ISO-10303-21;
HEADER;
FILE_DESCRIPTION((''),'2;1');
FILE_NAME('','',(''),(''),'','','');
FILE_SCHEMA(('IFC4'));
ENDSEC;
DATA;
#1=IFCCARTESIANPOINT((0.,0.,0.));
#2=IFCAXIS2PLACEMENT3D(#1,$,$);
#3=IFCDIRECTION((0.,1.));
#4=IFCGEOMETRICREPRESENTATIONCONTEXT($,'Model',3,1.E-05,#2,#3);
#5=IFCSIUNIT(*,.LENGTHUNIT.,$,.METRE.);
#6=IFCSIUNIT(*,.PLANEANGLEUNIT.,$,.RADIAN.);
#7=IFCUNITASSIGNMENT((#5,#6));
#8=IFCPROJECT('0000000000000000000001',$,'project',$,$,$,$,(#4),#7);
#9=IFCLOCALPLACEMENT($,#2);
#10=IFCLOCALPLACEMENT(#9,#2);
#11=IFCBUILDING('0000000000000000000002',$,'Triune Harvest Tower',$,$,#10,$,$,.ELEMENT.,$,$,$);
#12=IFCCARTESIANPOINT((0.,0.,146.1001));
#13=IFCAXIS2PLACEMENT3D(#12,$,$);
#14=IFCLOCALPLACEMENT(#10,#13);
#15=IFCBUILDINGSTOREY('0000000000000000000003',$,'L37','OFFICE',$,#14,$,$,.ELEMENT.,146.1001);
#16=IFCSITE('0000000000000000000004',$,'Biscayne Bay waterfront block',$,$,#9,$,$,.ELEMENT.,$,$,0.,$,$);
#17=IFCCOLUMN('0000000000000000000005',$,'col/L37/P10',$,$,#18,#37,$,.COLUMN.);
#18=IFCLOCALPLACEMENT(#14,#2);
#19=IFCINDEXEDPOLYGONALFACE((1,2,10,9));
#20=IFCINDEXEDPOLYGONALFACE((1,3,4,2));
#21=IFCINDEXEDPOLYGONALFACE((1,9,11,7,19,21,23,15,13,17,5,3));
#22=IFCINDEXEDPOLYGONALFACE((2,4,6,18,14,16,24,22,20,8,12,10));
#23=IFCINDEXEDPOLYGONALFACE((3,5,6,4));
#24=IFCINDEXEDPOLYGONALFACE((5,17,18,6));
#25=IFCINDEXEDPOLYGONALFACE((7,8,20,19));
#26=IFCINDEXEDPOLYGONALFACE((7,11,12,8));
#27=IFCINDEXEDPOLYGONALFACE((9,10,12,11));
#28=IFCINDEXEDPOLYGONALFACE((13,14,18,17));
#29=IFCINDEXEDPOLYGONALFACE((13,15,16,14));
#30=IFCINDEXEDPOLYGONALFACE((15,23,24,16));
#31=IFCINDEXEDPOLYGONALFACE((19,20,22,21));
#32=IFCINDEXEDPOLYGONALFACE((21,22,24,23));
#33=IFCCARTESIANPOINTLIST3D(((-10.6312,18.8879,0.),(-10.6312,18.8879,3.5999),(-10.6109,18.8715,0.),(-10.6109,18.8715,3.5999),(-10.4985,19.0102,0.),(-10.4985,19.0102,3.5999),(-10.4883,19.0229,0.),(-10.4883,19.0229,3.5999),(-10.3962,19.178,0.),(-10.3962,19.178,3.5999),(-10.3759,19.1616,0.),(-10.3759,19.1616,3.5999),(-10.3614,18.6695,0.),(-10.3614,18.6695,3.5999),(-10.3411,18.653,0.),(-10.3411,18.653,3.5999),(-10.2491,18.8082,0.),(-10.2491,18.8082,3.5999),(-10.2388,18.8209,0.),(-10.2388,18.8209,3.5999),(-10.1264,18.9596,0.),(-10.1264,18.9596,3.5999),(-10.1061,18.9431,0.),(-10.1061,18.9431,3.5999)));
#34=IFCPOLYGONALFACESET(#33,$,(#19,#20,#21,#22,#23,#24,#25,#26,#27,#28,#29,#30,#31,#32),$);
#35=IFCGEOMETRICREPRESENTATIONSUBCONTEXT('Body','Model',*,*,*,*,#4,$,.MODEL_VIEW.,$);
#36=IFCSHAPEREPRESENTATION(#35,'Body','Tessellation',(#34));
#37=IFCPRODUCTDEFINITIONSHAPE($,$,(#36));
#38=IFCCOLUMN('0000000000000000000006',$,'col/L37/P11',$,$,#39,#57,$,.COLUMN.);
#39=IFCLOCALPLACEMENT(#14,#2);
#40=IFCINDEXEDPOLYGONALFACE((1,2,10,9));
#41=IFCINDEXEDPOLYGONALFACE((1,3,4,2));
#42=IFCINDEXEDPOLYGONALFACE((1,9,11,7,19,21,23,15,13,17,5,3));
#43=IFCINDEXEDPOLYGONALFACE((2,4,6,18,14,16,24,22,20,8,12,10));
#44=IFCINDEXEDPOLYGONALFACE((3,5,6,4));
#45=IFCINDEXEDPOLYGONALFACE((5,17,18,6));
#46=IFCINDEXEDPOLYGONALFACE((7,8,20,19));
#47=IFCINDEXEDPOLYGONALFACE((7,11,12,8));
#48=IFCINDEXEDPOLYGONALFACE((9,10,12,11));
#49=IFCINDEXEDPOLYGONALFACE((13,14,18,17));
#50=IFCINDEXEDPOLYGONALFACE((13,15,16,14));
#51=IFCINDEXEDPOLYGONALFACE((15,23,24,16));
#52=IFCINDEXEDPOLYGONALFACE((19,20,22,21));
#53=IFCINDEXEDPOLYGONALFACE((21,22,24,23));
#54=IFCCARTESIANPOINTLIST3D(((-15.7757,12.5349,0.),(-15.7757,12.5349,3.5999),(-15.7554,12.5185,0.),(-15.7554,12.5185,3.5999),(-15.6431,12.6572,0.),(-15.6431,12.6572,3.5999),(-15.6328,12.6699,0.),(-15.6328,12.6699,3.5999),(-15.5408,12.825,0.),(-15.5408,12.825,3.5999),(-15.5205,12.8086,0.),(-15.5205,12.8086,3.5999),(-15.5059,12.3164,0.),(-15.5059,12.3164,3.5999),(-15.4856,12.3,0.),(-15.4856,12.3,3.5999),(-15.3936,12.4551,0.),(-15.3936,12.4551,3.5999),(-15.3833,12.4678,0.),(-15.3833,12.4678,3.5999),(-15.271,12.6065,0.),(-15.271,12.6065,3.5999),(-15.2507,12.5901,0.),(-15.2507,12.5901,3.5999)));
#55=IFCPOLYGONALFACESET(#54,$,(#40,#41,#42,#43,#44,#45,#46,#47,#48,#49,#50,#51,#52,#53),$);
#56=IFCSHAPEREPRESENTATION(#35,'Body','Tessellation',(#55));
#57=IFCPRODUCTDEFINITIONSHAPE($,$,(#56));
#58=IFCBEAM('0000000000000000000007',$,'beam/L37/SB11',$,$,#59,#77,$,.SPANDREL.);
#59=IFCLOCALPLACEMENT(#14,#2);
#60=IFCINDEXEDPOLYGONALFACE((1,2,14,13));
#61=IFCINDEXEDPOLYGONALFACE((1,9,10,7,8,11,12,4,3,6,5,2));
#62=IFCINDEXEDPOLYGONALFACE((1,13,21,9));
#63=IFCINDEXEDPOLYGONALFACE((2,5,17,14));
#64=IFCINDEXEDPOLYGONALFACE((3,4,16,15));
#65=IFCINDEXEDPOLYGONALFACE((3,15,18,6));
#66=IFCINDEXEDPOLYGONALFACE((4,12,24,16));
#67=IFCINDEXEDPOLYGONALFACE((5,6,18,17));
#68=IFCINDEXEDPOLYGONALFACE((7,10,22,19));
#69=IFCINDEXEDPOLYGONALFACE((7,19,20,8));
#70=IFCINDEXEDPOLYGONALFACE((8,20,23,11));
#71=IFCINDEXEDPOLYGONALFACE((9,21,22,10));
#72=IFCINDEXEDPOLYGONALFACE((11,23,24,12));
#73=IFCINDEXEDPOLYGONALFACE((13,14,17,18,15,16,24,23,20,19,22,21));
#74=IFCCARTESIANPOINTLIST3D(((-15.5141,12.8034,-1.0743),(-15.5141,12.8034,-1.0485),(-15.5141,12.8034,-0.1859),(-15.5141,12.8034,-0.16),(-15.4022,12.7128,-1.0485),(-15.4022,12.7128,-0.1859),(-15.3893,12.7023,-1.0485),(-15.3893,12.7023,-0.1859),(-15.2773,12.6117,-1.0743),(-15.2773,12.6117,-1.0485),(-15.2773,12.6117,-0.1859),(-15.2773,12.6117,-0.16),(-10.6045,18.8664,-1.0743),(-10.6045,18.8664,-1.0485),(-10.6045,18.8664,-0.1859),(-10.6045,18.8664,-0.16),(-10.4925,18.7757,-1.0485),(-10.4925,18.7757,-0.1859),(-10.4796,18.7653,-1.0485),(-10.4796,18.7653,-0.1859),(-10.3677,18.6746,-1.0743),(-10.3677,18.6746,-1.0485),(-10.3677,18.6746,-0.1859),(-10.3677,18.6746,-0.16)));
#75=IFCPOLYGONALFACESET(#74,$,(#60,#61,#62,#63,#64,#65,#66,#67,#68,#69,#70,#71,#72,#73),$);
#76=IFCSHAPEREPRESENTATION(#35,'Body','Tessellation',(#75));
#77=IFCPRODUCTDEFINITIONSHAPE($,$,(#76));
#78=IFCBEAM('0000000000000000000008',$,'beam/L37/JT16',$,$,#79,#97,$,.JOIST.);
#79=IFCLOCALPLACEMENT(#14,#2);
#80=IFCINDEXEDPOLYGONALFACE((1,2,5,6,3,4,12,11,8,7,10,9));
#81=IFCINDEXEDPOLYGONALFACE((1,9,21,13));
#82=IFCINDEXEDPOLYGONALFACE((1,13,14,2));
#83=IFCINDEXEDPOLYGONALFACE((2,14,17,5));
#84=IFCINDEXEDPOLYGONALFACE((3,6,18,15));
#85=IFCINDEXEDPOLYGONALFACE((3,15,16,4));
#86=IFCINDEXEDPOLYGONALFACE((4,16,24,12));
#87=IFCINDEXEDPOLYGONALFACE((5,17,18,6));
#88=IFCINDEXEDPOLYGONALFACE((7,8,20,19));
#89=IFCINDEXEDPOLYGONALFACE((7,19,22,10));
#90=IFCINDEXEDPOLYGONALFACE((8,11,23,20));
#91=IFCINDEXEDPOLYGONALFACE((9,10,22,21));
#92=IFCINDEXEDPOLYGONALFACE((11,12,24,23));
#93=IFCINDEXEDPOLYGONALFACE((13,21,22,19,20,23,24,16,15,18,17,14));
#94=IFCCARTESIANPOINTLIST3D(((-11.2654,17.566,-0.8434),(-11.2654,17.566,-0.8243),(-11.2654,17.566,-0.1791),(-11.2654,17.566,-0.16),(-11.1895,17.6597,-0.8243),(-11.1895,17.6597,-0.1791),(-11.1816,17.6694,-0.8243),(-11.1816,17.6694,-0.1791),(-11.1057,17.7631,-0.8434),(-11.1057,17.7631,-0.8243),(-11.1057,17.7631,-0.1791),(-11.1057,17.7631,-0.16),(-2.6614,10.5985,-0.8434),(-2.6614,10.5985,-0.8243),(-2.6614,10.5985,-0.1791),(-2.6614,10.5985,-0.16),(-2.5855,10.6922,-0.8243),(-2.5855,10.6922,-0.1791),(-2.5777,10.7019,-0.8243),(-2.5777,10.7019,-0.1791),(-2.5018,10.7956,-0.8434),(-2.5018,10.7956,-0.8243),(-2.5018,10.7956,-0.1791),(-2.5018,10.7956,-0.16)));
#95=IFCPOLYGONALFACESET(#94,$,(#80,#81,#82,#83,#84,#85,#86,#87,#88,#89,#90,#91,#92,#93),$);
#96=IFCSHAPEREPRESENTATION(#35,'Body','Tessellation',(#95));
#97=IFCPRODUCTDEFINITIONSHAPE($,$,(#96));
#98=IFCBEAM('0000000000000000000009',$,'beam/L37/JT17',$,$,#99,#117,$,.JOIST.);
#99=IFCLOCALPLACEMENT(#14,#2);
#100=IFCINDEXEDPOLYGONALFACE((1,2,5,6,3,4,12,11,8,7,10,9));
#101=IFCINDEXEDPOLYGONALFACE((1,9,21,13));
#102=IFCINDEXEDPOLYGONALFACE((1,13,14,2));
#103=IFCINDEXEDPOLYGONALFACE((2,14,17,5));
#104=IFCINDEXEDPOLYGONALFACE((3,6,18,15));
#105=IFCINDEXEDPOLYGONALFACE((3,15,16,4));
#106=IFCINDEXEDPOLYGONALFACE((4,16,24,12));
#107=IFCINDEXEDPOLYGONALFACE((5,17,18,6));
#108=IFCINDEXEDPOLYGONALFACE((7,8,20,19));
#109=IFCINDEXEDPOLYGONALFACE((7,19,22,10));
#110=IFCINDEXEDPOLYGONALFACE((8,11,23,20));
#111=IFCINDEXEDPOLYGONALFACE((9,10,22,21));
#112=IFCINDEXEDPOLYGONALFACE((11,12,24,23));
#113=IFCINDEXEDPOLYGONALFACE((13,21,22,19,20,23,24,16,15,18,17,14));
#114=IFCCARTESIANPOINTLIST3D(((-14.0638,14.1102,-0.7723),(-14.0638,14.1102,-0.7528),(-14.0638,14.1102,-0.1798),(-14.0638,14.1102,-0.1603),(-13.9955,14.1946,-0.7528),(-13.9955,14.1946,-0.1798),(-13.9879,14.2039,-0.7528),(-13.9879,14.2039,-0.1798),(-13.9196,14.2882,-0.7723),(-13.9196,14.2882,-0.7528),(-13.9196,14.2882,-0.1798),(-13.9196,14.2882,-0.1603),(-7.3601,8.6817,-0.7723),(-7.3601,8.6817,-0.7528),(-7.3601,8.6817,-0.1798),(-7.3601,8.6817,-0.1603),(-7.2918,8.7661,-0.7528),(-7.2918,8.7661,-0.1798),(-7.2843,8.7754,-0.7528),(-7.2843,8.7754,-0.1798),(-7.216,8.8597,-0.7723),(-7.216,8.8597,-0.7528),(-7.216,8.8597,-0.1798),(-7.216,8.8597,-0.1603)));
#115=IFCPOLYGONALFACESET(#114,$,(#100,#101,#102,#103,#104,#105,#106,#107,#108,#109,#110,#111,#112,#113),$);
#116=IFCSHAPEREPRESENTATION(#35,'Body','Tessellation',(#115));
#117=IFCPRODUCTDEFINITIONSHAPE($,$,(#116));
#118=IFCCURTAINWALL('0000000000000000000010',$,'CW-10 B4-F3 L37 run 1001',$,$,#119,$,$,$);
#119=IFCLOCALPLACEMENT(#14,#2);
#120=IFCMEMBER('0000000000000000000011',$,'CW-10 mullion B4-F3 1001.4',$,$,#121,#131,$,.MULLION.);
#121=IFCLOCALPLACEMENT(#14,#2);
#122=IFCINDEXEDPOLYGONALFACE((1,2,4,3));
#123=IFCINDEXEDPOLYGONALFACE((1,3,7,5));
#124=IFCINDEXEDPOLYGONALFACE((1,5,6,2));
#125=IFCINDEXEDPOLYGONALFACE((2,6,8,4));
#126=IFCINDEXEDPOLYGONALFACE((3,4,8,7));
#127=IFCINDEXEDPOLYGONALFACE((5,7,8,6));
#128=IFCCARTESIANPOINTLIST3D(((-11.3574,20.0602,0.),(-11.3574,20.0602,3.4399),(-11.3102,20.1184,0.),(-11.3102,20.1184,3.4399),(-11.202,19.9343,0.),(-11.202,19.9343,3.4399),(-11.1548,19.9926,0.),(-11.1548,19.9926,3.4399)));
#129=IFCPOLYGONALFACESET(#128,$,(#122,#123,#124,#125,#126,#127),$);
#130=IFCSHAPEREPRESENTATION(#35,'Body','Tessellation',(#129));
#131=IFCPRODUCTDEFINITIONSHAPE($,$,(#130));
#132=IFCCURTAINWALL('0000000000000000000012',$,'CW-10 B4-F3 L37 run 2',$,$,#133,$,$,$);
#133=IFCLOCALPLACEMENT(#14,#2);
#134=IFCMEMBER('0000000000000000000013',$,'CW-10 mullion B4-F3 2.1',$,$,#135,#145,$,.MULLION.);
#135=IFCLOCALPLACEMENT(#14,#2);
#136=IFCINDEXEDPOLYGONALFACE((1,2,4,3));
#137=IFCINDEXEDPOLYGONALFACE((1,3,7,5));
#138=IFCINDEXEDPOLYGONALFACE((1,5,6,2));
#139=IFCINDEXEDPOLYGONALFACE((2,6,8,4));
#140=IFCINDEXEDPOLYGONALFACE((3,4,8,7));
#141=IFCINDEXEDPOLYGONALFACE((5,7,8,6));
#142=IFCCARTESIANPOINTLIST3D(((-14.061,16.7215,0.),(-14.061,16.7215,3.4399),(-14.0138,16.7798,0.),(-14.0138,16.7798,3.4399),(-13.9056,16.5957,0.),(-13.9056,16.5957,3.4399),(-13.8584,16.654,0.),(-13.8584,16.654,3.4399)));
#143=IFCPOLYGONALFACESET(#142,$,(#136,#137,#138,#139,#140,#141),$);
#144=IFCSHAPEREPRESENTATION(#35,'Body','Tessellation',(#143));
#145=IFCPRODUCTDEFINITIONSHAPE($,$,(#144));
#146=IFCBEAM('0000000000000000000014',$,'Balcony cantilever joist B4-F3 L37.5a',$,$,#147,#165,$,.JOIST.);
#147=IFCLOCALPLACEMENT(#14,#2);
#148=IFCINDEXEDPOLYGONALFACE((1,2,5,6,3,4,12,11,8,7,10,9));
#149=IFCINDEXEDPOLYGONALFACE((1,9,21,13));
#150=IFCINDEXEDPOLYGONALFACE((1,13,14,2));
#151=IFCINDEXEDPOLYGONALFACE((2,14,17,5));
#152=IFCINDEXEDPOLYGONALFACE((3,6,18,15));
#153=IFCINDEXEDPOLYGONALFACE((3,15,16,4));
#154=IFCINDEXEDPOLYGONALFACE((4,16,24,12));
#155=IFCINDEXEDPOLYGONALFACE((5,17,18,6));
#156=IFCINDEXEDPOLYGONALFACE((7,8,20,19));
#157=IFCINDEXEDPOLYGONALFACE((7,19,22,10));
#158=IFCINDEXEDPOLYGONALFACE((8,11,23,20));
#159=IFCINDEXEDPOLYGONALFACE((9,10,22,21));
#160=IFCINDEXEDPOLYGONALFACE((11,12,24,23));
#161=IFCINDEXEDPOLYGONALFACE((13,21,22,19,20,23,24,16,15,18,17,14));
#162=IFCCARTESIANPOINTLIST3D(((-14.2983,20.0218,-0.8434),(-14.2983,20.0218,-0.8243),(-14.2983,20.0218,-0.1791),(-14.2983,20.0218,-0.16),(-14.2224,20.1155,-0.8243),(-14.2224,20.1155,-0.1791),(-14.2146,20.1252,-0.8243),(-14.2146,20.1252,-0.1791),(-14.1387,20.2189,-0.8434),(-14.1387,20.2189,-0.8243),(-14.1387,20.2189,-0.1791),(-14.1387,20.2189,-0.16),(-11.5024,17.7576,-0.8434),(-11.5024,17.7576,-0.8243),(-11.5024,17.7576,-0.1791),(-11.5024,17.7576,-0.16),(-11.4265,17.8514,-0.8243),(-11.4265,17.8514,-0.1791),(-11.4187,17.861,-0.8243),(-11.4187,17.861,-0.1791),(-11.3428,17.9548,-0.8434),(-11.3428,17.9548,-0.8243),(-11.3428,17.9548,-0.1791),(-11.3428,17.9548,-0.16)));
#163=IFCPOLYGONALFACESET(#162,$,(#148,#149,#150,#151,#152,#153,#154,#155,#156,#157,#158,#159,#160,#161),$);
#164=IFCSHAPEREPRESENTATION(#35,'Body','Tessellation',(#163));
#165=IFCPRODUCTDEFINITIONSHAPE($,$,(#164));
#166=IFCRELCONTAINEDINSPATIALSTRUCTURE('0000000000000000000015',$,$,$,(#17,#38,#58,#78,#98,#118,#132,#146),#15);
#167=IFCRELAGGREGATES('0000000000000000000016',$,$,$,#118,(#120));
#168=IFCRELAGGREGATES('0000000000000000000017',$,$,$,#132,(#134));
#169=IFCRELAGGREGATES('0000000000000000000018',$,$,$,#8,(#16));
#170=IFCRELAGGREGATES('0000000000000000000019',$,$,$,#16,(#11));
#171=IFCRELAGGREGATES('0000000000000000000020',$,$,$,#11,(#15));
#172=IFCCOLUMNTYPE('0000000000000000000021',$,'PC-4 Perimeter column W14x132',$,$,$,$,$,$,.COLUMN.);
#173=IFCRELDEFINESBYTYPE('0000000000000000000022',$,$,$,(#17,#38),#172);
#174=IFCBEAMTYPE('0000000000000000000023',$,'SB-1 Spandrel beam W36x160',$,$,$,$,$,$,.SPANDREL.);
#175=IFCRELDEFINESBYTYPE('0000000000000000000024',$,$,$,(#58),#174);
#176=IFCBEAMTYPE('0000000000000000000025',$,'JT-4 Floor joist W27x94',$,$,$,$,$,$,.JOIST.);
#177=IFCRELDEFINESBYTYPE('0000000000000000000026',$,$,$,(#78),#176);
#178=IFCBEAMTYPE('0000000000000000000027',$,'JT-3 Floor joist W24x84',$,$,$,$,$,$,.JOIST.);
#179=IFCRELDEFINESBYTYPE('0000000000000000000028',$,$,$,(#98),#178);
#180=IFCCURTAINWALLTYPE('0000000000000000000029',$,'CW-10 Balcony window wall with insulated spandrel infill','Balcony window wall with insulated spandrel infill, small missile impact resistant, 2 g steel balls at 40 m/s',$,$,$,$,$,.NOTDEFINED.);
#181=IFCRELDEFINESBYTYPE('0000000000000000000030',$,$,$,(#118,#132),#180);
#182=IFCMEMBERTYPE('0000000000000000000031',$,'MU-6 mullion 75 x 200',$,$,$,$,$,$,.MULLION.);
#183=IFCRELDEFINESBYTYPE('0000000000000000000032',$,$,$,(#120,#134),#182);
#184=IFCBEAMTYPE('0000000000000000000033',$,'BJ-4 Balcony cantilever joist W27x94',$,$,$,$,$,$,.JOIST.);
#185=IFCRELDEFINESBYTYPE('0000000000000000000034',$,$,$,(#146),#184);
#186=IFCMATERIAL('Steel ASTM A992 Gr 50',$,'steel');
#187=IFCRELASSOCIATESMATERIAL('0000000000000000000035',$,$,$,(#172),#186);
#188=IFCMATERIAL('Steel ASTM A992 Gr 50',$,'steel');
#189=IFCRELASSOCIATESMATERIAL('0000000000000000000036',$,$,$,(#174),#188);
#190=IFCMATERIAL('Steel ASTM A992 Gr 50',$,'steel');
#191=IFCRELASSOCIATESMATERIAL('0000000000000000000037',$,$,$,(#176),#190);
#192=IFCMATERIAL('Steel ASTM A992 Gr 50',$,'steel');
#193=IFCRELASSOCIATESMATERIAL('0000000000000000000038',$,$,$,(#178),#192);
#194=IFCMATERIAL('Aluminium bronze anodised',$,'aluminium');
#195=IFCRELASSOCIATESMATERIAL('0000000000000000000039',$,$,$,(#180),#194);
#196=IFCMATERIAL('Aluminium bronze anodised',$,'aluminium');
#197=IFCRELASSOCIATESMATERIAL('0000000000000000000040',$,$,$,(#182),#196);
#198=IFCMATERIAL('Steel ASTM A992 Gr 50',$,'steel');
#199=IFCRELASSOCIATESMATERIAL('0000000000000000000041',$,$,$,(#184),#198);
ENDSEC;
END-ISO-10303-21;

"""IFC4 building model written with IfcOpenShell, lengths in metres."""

from ifc_helpers import new_model, si_unit, direction, frame, origin, origin_2d, place, context, subcontext, project, spatial, rectangle, i_section, extrude, source, transform, mapped, material, material_profile, profile_set, type_object, element, aggregate, save


model = new_model("IFC4")

# Units and contexts
model_context = context("Model", 3, precision=1e-05, world=origin(), true_north=direction((0.0, 1.0)))
body_context = subcontext(model_context, "Body", "Model", "MODEL_VIEW")
ifc_project = project(units=[si_unit("LENGTHUNIT", "METRE"), si_unit("PLANEANGLEUNIT", "RADIAN")], contexts=[model_context])

# Site, building, storey
site_placement = place(None, origin())
site = spatial("IfcSite", under=ifc_project, at=site_placement, Name="Biscayne Bay waterfront block", CompositionType="ELEMENT", RefElevation=0.0)
building_placement = place(site_placement, origin())
building = spatial("IfcBuilding", under=site, at=building_placement, Name="Triune Harvest Tower", CompositionType="ELEMENT")
storey_placement = place(building_placement, frame((0.0, 0.0, 146.1001)))
storey = spatial("IfcBuildingStorey", under=building, at=storey_placement, Name="L37", Description="OFFICE", CompositionType="ELEMENT", Elevation=146.1001)

# Columns
ifc_material_1 = material(Name="Steel ASTM A992 Gr 50", Category="steel")
ifc_material_profile_1 = material_profile(ifc_material_1, i_section(OverallWidth=0.3733, OverallDepth=0.3733, WebThickness=0.0164, FlangeThickness=0.0261, at=origin_2d()), Name="W14x132")
ifc_profile_set_1 = profile_set([ifc_material_profile_1], Name="Steel ASTM A992 Gr 50")
column_type = type_object("IfcColumnType", Name="PC-4 Perimeter column W14x132", PredefinedType="COLUMN", material=ifc_profile_set_1)
shared_shape_1 = source(origin(), body_context, "Body", "SweptSolid", [
    extrude(i_section(OverallWidth=0.3733, OverallDepth=0.3733, WebThickness=0.0164, FlangeThickness=0.0261, at=origin_2d()), origin(), (0.0, 0.0, 1.0), 3.5999),
])
for number, where, z_axis, x_axis, name in (
    (1, (-10.3687, 18.9155, 0.0), (0.0, 0.0, 1.0), (-0.629322, -0.777145, 0.0), "col/L37/P10"),
    (2, (-15.5132, 12.5625, 0.0), (0.0, 0.0, 1.0), (-0.629322, -0.777145, 0.0), "col/L37/P11"),
):
    element("IfcColumn", number, at=place(storey_placement, frame(where, z_axis=z_axis, x_axis=x_axis)), inside=storey, type_object=column_type, Name=name, PredefinedType="COLUMN", context=body_context, shape_type="MappedRepresentation", body=[
        mapped(shared_shape_1, transform((0.0, 0.0, 0.0), scale=1.0)),
    ])

# Beams
ifc_material_2 = material(Name="Steel ASTM A992 Gr 50", Category="steel")
ifc_material_profile_2 = material_profile(ifc_material_2, i_section(OverallWidth=0.3047, OverallDepth=0.9143, WebThickness=0.0166, FlangeThickness=0.0259, at=origin_2d()), Name="W36x160")
ifc_profile_set_2 = profile_set([ifc_material_profile_2], Name="Steel ASTM A992 Gr 50")
beam_type_1 = type_object("IfcBeamType", Name="SB-1 Spandrel beam W36x160", PredefinedType="SPANDREL", material=ifc_profile_set_2)
shared_shape_2 = source(origin(), body_context, "Body", "SweptSolid", [
    extrude(i_section(OverallWidth=0.3047, OverallDepth=0.9143, WebThickness=0.0166, FlangeThickness=0.0259, at=origin_2d()), origin(), (0.0, 0.0, 1.0), 7.8015),
])
beam_1_placement = place(storey_placement, frame((-10.4861, 18.7705, -0.6172), z_axis=(-0.629317, -0.777149, 0.0), x_axis=(0.777149, -0.629317, 0.0)))
element("IfcBeam", 3, at=beam_1_placement, inside=storey, type_object=beam_type_1, Name="beam/L37/SB11", PredefinedType="SPANDREL", context=body_context, shape_type="MappedRepresentation", body=[
    mapped(shared_shape_2, transform((0.0, 0.0, 0.0), scale=1.0)),
])
ifc_material_3 = material(Name="Steel ASTM A992 Gr 50", Category="steel")
ifc_material_profile_3 = material_profile(ifc_material_3, i_section(OverallWidth=0.2537, OverallDepth=0.6833, WebThickness=0.0125, FlangeThickness=0.019, at=origin_2d()), Name="W27x94")
ifc_profile_set_3 = profile_set([ifc_material_profile_3], Name="Steel ASTM A992 Gr 50")
beam_type_2 = type_object("IfcBeamType", Name="JT-4 Floor joist W27x94", PredefinedType="JOIST", material=ifc_profile_set_3)
shared_shape_3 = source(origin(), body_context, "Body", "SweptSolid", [
    extrude(i_section(OverallWidth=0.2537, OverallDepth=0.6833, WebThickness=0.0125, FlangeThickness=0.019, at=origin_2d()), origin(), (0.0, 0.0, 1.0), 11.0713),
])
beam_2_placement = place(storey_placement, frame((-11.1855, 17.6646, -0.5017), z_axis=(0.77714, -0.629328, 0.0), x_axis=(0.629328, 0.77714, 0.0)))
element("IfcBeam", 4, at=beam_2_placement, inside=storey, type_object=beam_type_2, Name="beam/L37/JT16", PredefinedType="JOIST", context=body_context, shape_type="MappedRepresentation", body=[
    mapped(shared_shape_3, transform((0.0, 0.0, 0.0), scale=1.0)),
])
ifc_material_4 = material(Name="Steel ASTM A992 Gr 50", Category="steel")
ifc_material_profile_4 = material_profile(ifc_material_4, i_section(OverallWidth=0.229, OverallDepth=0.6121, WebThickness=0.012, FlangeThickness=0.0195, at=origin_2d()), Name="W24x84")
ifc_profile_set_4 = profile_set([ifc_material_profile_4], Name="Steel ASTM A992 Gr 50")
beam_type_3 = type_object("IfcBeamType", Name="JT-3 Floor joist W24x84", PredefinedType="JOIST", material=ifc_profile_set_4)
shared_shape_4 = source(origin(), body_context, "Body", "SweptSolid", [
    extrude(i_section(OverallWidth=0.229, OverallDepth=0.6121, WebThickness=0.012, FlangeThickness=0.0195, at=origin_2d()), origin(), (0.0, 0.0, 1.0), 8.626),
])
beam_3_placement = place(storey_placement, frame((-13.9917, 14.1992, -0.4663), z_axis=(0.777147, -0.62932, 0.0), x_axis=(0.62932, 0.777147, 0.0)))
element("IfcBeam", 5, at=beam_3_placement, inside=storey, type_object=beam_type_3, Name="beam/L37/JT17", PredefinedType="JOIST", context=body_context, shape_type="MappedRepresentation", body=[
    mapped(shared_shape_4, transform((0.0, 0.0, 0.0), scale=1.0)),
])

# Curtain walls, members
ifc_material_5 = material(Name="Aluminium bronze anodised", Category="aluminium")
curtain_wall_type = type_object("IfcCurtainWallType", Name="CW-10 Balcony window wall with insulated spandrel infill", Description="Balcony window wall with insulated spandrel infill, small missile impact resistant, 2 g steel balls at 40 m/s", PredefinedType="NOTDEFINED", material=ifc_material_5)
curtain_wall_1_placement = place(storey_placement, origin())
curtain_wall_1 = element("IfcCurtainWall", 6, at=curtain_wall_1_placement, inside=storey, type_object=curtain_wall_type, Name="CW-10 B4-F3 L37 run 1001")
ifc_material_6 = material(Name="Aluminium bronze anodised", Category="aluminium")
ifc_material_profile_5 = material_profile(ifc_material_6, rectangle(XDim=0.2, YDim=0.075, at=origin_2d()), Name="MU-6 mullion 75 x 200")
ifc_profile_set_5 = profile_set([ifc_material_profile_5], Name="Aluminium bronze anodised")
member_type_1 = type_object("IfcMemberType", Name="MU-6 mullion 75 x 200", PredefinedType="MULLION", material=ifc_profile_set_5)
shared_shape_5 = source(origin(), body_context, "Body", "SweptSolid", [
    extrude(rectangle(XDim=0.2, YDim=0.075, at=origin_2d()), origin(), (0.0, 0.0, 1.0), 3.4399),
])
member_1_placement = place(storey_placement, frame((-11.2561, 20.0264, 0.0), z_axis=(0.0, 0.0, 1.0), x_axis=(0.777144, -0.629323, 0.0)))
member_1 = element("IfcMember", 7, at=member_1_placement, type_object=member_type_1, Name="CW-10 mullion B4-F3 1001.4", PredefinedType="MULLION", context=body_context, shape_type="MappedRepresentation", body=[
    mapped(shared_shape_5, transform((0.0, 0.0, 0.0), scale=1.0)),
])
aggregate(curtain_wall_1, [member_1])
curtain_wall_2_placement = place(storey_placement, origin())
curtain_wall_2 = element("IfcCurtainWall", 8, at=curtain_wall_2_placement, inside=storey, type_object=curtain_wall_type, Name="CW-10 B4-F3 L37 run 2")
member_2_placement = place(storey_placement, frame((-13.9597, 16.6877, 0.0), z_axis=(0.0, 0.0, 1.0), x_axis=(0.777145, -0.629322, 0.0)))
member_2 = element("IfcMember", 9, at=member_2_placement, type_object=member_type_1, Name="CW-10 mullion B4-F3 2.1", PredefinedType="MULLION", context=body_context, shape_type="MappedRepresentation", body=[
    mapped(shared_shape_5, transform((0.0, 0.0, 0.0), scale=1.0)),
])

# Beam
ifc_material_7 = material(Name="Steel ASTM A992 Gr 50", Category="steel")
ifc_material_profile_6 = material_profile(ifc_material_7, i_section(OverallWidth=0.2537, OverallDepth=0.6833, WebThickness=0.0125, FlangeThickness=0.019, at=origin_2d()), Name="W27x94")
ifc_profile_set_6 = profile_set([ifc_material_profile_6], Name="Steel ASTM A992 Gr 50")
beam_type_4 = type_object("IfcBeamType", Name="BJ-4 Balcony cantilever joist W27x94", PredefinedType="JOIST", material=ifc_profile_set_6)
shared_shape_6 = source(origin(), body_context, "Body", "SweptSolid", [
    extrude(i_section(OverallWidth=0.2537, OverallDepth=0.6833, WebThickness=0.0125, FlangeThickness=0.019, at=origin_2d()), origin(), (0.0, 0.0, 1.0), 3.5977),
])
beam_4_placement = place(storey_placement, frame((-11.4226, 17.8562, -0.5017), z_axis=(-0.777134, 0.629335, 0.0), x_axis=(-0.629335, -0.777134, 0.0)))
element("IfcBeam", 10, at=beam_4_placement, inside=storey, type_object=beam_type_4, Name="Balcony cantilever joist B4-F3 L37.5a", PredefinedType="JOIST", context=body_context, shape_type="MappedRepresentation", body=[
    mapped(shared_shape_6, transform((0.0, 0.0, 0.0), scale=1.0)),
])

aggregate(curtain_wall_2, [member_2])

save(model, "model.ifc")
